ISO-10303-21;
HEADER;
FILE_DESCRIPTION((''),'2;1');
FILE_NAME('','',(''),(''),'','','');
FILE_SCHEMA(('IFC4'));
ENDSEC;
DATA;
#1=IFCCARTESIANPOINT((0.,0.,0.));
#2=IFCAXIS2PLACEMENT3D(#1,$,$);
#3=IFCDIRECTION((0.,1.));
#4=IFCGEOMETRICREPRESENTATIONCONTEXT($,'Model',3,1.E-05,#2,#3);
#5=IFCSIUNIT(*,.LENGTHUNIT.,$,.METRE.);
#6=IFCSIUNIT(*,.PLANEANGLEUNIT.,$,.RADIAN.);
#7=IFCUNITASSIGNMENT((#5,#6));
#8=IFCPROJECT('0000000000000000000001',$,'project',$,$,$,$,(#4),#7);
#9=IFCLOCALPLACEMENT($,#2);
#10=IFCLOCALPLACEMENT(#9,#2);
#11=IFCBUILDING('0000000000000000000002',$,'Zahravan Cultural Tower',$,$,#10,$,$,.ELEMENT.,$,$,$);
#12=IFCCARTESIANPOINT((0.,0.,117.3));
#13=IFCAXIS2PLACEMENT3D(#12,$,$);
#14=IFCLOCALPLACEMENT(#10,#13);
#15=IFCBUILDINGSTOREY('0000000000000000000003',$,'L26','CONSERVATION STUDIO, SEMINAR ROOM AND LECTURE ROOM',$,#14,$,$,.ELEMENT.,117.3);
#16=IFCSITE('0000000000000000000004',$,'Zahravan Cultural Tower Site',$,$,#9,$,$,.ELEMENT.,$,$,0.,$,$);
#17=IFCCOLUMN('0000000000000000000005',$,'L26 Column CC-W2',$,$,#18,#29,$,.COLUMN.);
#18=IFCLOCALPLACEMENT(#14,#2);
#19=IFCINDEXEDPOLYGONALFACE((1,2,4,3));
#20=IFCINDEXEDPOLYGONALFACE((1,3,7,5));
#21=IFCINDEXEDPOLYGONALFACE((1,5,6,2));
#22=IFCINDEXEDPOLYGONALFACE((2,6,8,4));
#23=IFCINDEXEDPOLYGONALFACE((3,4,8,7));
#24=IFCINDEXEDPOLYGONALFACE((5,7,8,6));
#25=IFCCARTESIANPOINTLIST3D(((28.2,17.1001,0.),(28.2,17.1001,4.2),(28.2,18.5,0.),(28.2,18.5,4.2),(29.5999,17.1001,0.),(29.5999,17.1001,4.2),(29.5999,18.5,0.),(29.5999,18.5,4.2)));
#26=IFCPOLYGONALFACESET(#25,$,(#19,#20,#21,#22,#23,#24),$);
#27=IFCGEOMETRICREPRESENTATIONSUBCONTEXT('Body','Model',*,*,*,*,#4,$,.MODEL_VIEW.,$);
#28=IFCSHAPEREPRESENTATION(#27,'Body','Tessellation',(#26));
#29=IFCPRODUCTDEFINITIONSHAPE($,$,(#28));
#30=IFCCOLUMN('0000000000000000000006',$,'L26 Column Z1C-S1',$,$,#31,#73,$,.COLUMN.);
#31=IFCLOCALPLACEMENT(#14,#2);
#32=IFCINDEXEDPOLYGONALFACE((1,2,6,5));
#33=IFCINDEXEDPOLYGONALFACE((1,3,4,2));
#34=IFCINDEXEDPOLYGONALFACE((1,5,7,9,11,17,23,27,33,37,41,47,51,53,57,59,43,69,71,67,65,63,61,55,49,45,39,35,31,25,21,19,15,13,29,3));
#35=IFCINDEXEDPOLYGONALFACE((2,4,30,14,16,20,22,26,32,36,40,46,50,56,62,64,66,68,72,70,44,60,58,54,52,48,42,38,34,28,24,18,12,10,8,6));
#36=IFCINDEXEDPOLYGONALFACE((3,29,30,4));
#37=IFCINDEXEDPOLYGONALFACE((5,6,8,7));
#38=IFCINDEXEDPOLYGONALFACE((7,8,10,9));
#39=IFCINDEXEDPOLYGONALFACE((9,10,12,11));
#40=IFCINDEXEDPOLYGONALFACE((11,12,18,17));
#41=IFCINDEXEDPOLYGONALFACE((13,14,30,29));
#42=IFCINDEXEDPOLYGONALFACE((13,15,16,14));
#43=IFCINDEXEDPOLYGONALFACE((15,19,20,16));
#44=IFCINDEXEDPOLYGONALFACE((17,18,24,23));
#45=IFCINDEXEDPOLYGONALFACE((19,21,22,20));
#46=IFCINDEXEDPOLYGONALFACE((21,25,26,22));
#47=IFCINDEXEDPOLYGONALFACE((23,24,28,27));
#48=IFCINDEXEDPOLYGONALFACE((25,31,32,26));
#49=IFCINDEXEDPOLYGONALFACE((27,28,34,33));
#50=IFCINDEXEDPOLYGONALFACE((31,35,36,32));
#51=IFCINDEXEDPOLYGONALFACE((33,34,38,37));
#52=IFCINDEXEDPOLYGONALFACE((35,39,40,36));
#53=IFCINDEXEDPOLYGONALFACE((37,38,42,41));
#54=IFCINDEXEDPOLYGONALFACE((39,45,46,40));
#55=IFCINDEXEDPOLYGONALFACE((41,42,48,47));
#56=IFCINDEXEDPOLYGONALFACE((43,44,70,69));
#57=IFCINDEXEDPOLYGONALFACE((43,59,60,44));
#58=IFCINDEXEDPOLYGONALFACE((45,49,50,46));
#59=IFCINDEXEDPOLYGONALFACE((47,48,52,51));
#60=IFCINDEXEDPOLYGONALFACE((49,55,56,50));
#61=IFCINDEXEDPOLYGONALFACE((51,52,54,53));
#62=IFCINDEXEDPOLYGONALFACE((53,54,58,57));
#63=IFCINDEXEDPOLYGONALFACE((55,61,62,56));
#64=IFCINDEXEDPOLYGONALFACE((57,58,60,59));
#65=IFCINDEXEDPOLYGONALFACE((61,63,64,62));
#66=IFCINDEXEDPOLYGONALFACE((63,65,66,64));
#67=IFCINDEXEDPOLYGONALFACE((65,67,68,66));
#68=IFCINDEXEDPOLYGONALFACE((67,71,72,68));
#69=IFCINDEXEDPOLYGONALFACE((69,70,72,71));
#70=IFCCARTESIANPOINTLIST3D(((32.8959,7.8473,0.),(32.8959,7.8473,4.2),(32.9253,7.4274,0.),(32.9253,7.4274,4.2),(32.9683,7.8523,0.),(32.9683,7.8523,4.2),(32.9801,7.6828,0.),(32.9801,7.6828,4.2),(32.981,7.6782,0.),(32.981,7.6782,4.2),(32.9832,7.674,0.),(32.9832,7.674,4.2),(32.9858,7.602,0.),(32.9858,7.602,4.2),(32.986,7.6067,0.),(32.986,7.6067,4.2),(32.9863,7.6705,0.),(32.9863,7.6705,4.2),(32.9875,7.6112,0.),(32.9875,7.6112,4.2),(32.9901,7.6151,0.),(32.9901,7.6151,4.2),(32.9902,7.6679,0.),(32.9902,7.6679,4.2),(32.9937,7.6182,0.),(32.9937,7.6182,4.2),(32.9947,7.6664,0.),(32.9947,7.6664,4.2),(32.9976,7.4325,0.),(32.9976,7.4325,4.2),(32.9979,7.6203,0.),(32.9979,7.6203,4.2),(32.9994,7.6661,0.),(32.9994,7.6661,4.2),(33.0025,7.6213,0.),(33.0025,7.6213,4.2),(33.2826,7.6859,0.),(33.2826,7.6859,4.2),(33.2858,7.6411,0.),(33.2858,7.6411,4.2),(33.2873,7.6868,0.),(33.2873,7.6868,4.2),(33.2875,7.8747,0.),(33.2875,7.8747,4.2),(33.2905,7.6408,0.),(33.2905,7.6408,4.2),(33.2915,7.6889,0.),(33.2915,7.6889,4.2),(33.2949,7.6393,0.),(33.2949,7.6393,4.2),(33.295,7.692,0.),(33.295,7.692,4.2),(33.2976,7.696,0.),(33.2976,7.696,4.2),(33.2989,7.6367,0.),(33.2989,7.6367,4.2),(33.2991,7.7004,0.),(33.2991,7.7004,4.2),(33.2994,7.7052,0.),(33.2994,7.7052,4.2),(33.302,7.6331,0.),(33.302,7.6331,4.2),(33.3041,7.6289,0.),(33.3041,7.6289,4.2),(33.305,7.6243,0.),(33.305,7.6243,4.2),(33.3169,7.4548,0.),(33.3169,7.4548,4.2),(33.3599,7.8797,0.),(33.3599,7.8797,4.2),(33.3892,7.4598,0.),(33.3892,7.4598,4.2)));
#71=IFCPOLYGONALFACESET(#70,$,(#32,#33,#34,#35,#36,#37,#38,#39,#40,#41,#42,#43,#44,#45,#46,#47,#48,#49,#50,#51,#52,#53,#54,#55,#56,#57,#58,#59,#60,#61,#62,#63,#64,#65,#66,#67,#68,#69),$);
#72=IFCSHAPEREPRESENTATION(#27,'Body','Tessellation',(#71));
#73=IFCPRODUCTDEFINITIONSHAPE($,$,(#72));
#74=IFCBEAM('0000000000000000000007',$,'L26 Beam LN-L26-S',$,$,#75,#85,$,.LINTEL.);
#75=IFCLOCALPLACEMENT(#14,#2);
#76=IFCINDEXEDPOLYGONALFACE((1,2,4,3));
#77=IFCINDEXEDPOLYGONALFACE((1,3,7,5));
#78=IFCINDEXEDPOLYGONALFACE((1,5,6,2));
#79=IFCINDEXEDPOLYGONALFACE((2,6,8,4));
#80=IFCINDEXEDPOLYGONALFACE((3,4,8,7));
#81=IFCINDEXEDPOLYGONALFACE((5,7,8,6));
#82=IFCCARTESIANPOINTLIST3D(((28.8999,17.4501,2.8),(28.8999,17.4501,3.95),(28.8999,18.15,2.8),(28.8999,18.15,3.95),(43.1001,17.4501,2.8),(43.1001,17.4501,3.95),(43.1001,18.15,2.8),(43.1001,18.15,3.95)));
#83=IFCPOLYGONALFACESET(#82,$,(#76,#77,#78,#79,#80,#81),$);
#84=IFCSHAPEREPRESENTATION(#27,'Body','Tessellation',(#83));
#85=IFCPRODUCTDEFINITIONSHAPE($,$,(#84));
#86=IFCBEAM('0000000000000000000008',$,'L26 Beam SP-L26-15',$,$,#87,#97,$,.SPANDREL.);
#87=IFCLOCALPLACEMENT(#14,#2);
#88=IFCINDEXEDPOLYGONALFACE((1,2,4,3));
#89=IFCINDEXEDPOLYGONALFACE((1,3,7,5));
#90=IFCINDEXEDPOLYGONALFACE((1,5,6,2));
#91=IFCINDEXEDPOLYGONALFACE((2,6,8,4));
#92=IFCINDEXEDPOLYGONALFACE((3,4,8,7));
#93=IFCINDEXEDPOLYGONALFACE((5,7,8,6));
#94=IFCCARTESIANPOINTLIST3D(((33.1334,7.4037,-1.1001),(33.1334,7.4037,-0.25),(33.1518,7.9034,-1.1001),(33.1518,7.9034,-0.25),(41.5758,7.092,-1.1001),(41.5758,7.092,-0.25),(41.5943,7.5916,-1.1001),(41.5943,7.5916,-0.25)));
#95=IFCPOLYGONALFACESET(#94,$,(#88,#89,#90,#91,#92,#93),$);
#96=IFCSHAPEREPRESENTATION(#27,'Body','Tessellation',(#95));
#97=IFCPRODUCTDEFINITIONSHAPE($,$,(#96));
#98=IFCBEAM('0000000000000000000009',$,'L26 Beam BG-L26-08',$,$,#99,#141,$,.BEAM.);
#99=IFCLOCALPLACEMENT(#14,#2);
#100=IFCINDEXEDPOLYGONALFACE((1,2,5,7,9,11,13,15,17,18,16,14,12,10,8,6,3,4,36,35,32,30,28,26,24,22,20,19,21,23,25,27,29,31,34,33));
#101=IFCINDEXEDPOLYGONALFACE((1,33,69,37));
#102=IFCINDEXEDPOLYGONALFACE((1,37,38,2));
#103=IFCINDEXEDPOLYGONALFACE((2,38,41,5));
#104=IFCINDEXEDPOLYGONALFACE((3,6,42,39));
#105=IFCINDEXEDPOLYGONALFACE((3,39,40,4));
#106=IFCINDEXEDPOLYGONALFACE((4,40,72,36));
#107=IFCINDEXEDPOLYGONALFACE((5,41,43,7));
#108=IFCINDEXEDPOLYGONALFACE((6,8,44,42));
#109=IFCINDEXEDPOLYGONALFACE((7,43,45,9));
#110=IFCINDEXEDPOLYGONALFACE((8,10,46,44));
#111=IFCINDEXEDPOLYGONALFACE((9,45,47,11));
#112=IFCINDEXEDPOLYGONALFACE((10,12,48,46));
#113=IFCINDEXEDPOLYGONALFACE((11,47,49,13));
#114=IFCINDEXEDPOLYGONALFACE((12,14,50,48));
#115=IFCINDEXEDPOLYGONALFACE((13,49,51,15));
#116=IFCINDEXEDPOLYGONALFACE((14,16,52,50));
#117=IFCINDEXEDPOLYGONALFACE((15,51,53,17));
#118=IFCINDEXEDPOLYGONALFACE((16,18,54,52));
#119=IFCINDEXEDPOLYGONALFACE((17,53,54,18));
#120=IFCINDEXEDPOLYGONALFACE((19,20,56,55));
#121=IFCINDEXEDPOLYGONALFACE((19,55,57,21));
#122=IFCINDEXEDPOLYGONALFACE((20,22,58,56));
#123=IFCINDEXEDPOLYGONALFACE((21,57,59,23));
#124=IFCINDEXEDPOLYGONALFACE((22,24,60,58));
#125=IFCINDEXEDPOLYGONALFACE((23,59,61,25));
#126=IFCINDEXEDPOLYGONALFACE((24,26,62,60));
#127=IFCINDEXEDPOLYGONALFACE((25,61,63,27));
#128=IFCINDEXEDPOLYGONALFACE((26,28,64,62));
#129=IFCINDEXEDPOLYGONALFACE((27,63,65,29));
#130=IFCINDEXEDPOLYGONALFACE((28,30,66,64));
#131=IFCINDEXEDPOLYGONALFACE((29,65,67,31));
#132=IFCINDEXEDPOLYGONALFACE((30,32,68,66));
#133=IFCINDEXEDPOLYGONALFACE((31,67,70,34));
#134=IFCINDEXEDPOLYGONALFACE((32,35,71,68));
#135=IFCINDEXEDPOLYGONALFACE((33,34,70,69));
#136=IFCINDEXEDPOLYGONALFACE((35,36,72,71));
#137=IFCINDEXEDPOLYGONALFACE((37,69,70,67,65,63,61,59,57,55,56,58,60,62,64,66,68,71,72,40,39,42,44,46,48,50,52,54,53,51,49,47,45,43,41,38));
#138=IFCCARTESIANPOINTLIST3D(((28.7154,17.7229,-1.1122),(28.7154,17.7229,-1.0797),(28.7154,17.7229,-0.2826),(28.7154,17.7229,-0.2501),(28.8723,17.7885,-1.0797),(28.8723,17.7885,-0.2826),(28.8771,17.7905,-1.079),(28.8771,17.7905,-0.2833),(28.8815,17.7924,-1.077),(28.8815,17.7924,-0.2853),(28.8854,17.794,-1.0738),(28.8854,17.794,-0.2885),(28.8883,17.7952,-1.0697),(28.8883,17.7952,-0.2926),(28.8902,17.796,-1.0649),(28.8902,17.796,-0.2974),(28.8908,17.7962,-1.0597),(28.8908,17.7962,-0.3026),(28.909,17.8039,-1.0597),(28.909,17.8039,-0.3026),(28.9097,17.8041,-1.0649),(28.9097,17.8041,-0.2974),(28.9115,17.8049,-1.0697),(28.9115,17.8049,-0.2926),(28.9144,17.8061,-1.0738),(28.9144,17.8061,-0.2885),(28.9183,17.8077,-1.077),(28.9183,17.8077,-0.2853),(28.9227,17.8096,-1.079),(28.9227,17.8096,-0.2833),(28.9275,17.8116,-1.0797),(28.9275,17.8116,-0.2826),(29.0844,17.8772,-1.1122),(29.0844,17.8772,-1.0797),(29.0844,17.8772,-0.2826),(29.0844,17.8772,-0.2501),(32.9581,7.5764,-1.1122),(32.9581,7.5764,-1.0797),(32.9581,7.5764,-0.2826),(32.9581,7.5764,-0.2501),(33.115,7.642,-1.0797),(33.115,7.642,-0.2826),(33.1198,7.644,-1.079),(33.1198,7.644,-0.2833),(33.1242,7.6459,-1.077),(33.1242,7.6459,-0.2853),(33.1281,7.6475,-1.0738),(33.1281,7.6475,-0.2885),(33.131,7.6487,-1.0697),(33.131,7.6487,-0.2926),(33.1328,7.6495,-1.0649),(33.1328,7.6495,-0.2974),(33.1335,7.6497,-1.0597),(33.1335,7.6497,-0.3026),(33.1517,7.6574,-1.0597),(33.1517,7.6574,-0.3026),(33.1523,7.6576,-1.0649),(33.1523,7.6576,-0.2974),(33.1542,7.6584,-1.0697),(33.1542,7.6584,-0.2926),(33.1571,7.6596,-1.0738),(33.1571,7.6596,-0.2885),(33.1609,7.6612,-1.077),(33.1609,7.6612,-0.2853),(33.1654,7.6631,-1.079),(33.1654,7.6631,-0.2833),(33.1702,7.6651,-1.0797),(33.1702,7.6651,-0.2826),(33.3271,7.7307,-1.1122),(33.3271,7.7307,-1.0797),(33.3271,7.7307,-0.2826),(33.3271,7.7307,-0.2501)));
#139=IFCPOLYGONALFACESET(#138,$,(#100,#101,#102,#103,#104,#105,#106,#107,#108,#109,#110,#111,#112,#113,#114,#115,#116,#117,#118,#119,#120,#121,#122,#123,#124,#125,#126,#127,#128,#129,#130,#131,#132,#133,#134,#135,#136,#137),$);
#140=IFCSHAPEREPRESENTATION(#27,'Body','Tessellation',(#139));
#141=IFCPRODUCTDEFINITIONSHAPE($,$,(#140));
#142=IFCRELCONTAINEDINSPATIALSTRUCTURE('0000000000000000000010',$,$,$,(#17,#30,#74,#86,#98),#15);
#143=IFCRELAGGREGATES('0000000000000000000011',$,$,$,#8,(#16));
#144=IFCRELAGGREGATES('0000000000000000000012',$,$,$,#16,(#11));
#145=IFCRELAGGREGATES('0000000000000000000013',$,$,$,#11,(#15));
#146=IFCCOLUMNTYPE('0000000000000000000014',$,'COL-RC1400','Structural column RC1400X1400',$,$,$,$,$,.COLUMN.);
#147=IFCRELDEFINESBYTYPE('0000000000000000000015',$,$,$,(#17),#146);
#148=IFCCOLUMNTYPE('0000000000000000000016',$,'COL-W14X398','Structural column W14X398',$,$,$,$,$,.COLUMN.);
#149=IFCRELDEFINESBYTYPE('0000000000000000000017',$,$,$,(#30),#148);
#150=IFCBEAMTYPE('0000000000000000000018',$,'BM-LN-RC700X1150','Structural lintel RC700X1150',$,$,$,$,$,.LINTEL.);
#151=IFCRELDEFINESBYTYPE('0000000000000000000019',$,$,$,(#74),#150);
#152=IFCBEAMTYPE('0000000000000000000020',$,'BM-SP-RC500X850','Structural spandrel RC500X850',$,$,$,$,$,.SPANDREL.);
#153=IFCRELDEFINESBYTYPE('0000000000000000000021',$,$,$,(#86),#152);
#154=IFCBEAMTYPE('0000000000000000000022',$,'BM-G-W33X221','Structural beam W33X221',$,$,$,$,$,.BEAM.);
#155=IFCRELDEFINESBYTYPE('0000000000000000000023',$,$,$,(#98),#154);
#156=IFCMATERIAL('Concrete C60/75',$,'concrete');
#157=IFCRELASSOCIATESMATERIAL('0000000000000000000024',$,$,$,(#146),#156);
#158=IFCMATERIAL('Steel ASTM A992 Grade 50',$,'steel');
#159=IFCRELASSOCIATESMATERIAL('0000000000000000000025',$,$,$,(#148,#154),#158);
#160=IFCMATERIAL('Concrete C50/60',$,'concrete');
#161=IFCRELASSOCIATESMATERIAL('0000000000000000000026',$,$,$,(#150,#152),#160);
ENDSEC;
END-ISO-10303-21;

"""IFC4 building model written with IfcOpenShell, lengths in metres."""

from ifc_helpers import new_model, si_unit, direction, frame, origin, origin_2d, place, context, subcontext, project, spatial, rectangle, i_section, extrude, source, transform, mapped, material, material_profile, profile_set, type_object, element, save


model = new_model("IFC4")

# Units and contexts
model_context = context("Model", 3, precision=1e-05, world=origin(), true_north=direction((0.0, 1.0)))
body_context = subcontext(model_context, "Body", "Model", "MODEL_VIEW")
ifc_project = project(units=[si_unit("LENGTHUNIT", "METRE"), si_unit("PLANEANGLEUNIT", "RADIAN")], contexts=[model_context])

# Site, building, storey
site_placement = place(None, origin())
site = spatial("IfcSite", under=ifc_project, at=site_placement, Name="Zahravan Cultural Tower Site", CompositionType="ELEMENT", RefElevation=0.0)
building_placement = place(site_placement, origin())
building = spatial("IfcBuilding", under=site, at=building_placement, Name="Zahravan Cultural Tower", CompositionType="ELEMENT")
storey_placement = place(building_placement, frame((0.0, 0.0, 117.3)))
storey = spatial("IfcBuildingStorey", under=building, at=storey_placement, Name="L26", Description="CONSERVATION STUDIO, SEMINAR ROOM AND LECTURE ROOM", CompositionType="ELEMENT", Elevation=117.3)

# Columns
ifc_material_1 = material(Name="Concrete C60/75", Category="concrete")
ifc_material_profile_1 = material_profile(ifc_material_1, rectangle(XDim=1.3999, YDim=1.3999, at=origin_2d()), Name="RC1400X1400")
ifc_profile_set_1 = profile_set([ifc_material_profile_1], Name="Concrete C60/75")
column_type_1 = type_object("IfcColumnType", Name="COL-RC1400", Description="Structural column RC1400X1400", PredefinedType="COLUMN", material=ifc_profile_set_1)
shared_shape_1 = source(origin(), body_context, "Body", "SweptSolid", [
    extrude(rectangle(XDim=1.3999, YDim=1.3999, at=origin_2d()), origin(), (0.0, 0.0, 1.0), 4.2),
])
column_1_placement = place(storey_placement, frame((28.8999, 17.8, 0.0), z_axis=(0.0, 0.0, 1.0), x_axis=(1.0, 0.0, 0.0)))
element("IfcColumn", 1, at=column_1_placement, inside=storey, type_object=column_type_1, Name="L26 Column CC-W2", PredefinedType="COLUMN", context=body_context, shape_type="MappedRepresentation", body=[
    mapped(shared_shape_1, transform((0.0, 0.0, 0.0), x_axis=(1.0, 0.0, 0.0), y_axis=(0.0, 1.0, 0.0), z_axis=(0.0, 0.0, 1.0), scale=1.0)),
])
ifc_material_2 = material(Name="Steel ASTM A992 Grade 50", Category="steel")
ifc_material_profile_2 = material_profile(ifc_material_2, i_section(OverallWidth=0.4209, OverallDepth=0.4651, WebThickness=0.0449, FlangeThickness=0.0725, FilletRadius=0.0181, at=origin_2d()), Name="W14X398")
ifc_profile_set_2 = profile_set([ifc_material_profile_2], Name="Steel ASTM A992 Grade 50")
column_type_2 = type_object("IfcColumnType", Name="COL-W14X398", Description="Structural column W14X398", PredefinedType="COLUMN", material=ifc_profile_set_2)
shared_shape_2 = source(origin(), body_context, "Body", "SweptSolid", [
    extrude(i_section(OverallWidth=0.4209, OverallDepth=0.4651, WebThickness=0.0449, FlangeThickness=0.0725, FilletRadius=0.0181, at=origin_2d()), origin(), (0.0, 0.0, 1.0), 4.2),
])
column_2_placement = place(storey_placement, frame((33.1426, 7.6536, 0.0), z_axis=(0.0, 0.0, 1.0), x_axis=(-0.069756, 0.997564, 0.0)))
element("IfcColumn", 2, at=column_2_placement, inside=storey, type_object=column_type_2, Name="L26 Column Z1C-S1", PredefinedType="COLUMN", context=body_context, shape_type="MappedRepresentation", body=[
    mapped(shared_shape_2, transform((0.0, 0.0, 0.0), x_axis=(1.0, 0.0, 0.0), y_axis=(0.0, 1.0, 0.0), z_axis=(0.0, 0.0, 1.0), scale=1.0)),
])

# Beams
ifc_material_3 = material(Name="Concrete C50/60", Category="concrete")
ifc_material_profile_3 = material_profile(ifc_material_3, rectangle(XDim=0.7, YDim=1.1499, at=origin_2d()), Name="RC700X1150")
ifc_profile_set_3 = profile_set([ifc_material_profile_3], Name="Concrete C50/60")
beam_type_1 = type_object("IfcBeamType", Name="BM-LN-RC700X1150", Description="Structural lintel RC700X1150", PredefinedType="LINTEL", material=ifc_profile_set_3)
shared_shape_3 = source(origin(), body_context, "Body", "SweptSolid", [
    extrude(rectangle(XDim=0.7, YDim=1.1499, at=origin_2d()), origin(), (0.0, 0.0, 1.0), 14.2002),
])
beam_1_placement = place(storey_placement, frame((28.8999, 17.8, 3.375), z_axis=(1.0, 0.0, 0.0), x_axis=(0.0, 1.0, 0.0)))
element("IfcBeam", 3, at=beam_1_placement, inside=storey, type_object=beam_type_1, Name="L26 Beam LN-L26-S", PredefinedType="LINTEL", context=body_context, shape_type="MappedRepresentation", body=[
    mapped(shared_shape_3, transform((0.0, 0.0, 0.0), x_axis=(1.0, 0.0, 0.0), y_axis=(0.0, 1.0, 0.0), z_axis=(0.0, 0.0, 1.0), scale=1.0)),
])
ifc_material_profile_4 = material_profile(ifc_material_3, rectangle(XDim=0.5, YDim=0.8501, at=origin_2d()), Name="RC500X850")
ifc_profile_set_4 = profile_set([ifc_material_profile_4], Name="Concrete C50/60")
beam_type_2 = type_object("IfcBeamType", Name="BM-SP-RC500X850", Description="Structural spandrel RC500X850", PredefinedType="SPANDREL", material=ifc_profile_set_4)
shared_shape_4 = source(origin(), body_context, "Body", "SweptSolid", [
    extrude(rectangle(XDim=0.5, YDim=0.8501, at=origin_2d()), origin(), (0.0, 0.0, 1.0), 8.4482),
])
beam_2_placement = place(storey_placement, frame((33.1426, 7.6536, -0.675), z_axis=(0.999319, -0.036904, 0.0), x_axis=(0.036904, 0.999319, 0.0)))
element("IfcBeam", 4, at=beam_2_placement, inside=storey, type_object=beam_type_2, Name="L26 Beam SP-L26-15", PredefinedType="SPANDREL", context=body_context, shape_type="MappedRepresentation", body=[
    mapped(shared_shape_4, transform((0.0, 0.0, 0.0), x_axis=(1.0, 0.0, 0.0), y_axis=(0.0, 1.0, 0.0), z_axis=(0.0, 0.0, 1.0), scale=1.0)),
])
ifc_material_profile_5 = material_profile(ifc_material_2, i_section(OverallWidth=0.3999, OverallDepth=0.8621, WebThickness=0.0198, FlangeThickness=0.0325, FilletRadius=0.02, at=origin_2d()), Name="W33X221")
ifc_profile_set_5 = profile_set([ifc_material_profile_5], Name="Steel ASTM A992 Grade 50")
beam_type_3 = type_object("IfcBeamType", Name="BM-G-W33X221", Description="Structural beam W33X221", PredefinedType="BEAM", material=ifc_profile_set_5)
shared_shape_5 = source(origin(), body_context, "Body", "SweptSolid", [
    extrude(i_section(OverallWidth=0.3999, OverallDepth=0.8621, WebThickness=0.0198, FlangeThickness=0.0325, FilletRadius=0.02, at=origin_2d()), origin(), (0.0, 0.0, 1.0), 10.9978),
])
beam_3_placement = place(storey_placement, frame((28.8999, 17.8, -0.6812), z_axis=(0.385775, -0.922593, 0.0), x_axis=(0.922593, 0.385775, 0.0)))
element("IfcBeam", 5, at=beam_3_placement, inside=storey, type_object=beam_type_3, Name="L26 Beam BG-L26-08", PredefinedType="BEAM", context=body_context, shape_type="MappedRepresentation", body=[
    mapped(shared_shape_5, transform((0.0, 0.0, 0.0), x_axis=(1.0, 0.0, 0.0), y_axis=(0.0, 1.0, 0.0), z_axis=(0.0, 0.0, 1.0), scale=1.0)),
])

save(model, "model.ifc")
